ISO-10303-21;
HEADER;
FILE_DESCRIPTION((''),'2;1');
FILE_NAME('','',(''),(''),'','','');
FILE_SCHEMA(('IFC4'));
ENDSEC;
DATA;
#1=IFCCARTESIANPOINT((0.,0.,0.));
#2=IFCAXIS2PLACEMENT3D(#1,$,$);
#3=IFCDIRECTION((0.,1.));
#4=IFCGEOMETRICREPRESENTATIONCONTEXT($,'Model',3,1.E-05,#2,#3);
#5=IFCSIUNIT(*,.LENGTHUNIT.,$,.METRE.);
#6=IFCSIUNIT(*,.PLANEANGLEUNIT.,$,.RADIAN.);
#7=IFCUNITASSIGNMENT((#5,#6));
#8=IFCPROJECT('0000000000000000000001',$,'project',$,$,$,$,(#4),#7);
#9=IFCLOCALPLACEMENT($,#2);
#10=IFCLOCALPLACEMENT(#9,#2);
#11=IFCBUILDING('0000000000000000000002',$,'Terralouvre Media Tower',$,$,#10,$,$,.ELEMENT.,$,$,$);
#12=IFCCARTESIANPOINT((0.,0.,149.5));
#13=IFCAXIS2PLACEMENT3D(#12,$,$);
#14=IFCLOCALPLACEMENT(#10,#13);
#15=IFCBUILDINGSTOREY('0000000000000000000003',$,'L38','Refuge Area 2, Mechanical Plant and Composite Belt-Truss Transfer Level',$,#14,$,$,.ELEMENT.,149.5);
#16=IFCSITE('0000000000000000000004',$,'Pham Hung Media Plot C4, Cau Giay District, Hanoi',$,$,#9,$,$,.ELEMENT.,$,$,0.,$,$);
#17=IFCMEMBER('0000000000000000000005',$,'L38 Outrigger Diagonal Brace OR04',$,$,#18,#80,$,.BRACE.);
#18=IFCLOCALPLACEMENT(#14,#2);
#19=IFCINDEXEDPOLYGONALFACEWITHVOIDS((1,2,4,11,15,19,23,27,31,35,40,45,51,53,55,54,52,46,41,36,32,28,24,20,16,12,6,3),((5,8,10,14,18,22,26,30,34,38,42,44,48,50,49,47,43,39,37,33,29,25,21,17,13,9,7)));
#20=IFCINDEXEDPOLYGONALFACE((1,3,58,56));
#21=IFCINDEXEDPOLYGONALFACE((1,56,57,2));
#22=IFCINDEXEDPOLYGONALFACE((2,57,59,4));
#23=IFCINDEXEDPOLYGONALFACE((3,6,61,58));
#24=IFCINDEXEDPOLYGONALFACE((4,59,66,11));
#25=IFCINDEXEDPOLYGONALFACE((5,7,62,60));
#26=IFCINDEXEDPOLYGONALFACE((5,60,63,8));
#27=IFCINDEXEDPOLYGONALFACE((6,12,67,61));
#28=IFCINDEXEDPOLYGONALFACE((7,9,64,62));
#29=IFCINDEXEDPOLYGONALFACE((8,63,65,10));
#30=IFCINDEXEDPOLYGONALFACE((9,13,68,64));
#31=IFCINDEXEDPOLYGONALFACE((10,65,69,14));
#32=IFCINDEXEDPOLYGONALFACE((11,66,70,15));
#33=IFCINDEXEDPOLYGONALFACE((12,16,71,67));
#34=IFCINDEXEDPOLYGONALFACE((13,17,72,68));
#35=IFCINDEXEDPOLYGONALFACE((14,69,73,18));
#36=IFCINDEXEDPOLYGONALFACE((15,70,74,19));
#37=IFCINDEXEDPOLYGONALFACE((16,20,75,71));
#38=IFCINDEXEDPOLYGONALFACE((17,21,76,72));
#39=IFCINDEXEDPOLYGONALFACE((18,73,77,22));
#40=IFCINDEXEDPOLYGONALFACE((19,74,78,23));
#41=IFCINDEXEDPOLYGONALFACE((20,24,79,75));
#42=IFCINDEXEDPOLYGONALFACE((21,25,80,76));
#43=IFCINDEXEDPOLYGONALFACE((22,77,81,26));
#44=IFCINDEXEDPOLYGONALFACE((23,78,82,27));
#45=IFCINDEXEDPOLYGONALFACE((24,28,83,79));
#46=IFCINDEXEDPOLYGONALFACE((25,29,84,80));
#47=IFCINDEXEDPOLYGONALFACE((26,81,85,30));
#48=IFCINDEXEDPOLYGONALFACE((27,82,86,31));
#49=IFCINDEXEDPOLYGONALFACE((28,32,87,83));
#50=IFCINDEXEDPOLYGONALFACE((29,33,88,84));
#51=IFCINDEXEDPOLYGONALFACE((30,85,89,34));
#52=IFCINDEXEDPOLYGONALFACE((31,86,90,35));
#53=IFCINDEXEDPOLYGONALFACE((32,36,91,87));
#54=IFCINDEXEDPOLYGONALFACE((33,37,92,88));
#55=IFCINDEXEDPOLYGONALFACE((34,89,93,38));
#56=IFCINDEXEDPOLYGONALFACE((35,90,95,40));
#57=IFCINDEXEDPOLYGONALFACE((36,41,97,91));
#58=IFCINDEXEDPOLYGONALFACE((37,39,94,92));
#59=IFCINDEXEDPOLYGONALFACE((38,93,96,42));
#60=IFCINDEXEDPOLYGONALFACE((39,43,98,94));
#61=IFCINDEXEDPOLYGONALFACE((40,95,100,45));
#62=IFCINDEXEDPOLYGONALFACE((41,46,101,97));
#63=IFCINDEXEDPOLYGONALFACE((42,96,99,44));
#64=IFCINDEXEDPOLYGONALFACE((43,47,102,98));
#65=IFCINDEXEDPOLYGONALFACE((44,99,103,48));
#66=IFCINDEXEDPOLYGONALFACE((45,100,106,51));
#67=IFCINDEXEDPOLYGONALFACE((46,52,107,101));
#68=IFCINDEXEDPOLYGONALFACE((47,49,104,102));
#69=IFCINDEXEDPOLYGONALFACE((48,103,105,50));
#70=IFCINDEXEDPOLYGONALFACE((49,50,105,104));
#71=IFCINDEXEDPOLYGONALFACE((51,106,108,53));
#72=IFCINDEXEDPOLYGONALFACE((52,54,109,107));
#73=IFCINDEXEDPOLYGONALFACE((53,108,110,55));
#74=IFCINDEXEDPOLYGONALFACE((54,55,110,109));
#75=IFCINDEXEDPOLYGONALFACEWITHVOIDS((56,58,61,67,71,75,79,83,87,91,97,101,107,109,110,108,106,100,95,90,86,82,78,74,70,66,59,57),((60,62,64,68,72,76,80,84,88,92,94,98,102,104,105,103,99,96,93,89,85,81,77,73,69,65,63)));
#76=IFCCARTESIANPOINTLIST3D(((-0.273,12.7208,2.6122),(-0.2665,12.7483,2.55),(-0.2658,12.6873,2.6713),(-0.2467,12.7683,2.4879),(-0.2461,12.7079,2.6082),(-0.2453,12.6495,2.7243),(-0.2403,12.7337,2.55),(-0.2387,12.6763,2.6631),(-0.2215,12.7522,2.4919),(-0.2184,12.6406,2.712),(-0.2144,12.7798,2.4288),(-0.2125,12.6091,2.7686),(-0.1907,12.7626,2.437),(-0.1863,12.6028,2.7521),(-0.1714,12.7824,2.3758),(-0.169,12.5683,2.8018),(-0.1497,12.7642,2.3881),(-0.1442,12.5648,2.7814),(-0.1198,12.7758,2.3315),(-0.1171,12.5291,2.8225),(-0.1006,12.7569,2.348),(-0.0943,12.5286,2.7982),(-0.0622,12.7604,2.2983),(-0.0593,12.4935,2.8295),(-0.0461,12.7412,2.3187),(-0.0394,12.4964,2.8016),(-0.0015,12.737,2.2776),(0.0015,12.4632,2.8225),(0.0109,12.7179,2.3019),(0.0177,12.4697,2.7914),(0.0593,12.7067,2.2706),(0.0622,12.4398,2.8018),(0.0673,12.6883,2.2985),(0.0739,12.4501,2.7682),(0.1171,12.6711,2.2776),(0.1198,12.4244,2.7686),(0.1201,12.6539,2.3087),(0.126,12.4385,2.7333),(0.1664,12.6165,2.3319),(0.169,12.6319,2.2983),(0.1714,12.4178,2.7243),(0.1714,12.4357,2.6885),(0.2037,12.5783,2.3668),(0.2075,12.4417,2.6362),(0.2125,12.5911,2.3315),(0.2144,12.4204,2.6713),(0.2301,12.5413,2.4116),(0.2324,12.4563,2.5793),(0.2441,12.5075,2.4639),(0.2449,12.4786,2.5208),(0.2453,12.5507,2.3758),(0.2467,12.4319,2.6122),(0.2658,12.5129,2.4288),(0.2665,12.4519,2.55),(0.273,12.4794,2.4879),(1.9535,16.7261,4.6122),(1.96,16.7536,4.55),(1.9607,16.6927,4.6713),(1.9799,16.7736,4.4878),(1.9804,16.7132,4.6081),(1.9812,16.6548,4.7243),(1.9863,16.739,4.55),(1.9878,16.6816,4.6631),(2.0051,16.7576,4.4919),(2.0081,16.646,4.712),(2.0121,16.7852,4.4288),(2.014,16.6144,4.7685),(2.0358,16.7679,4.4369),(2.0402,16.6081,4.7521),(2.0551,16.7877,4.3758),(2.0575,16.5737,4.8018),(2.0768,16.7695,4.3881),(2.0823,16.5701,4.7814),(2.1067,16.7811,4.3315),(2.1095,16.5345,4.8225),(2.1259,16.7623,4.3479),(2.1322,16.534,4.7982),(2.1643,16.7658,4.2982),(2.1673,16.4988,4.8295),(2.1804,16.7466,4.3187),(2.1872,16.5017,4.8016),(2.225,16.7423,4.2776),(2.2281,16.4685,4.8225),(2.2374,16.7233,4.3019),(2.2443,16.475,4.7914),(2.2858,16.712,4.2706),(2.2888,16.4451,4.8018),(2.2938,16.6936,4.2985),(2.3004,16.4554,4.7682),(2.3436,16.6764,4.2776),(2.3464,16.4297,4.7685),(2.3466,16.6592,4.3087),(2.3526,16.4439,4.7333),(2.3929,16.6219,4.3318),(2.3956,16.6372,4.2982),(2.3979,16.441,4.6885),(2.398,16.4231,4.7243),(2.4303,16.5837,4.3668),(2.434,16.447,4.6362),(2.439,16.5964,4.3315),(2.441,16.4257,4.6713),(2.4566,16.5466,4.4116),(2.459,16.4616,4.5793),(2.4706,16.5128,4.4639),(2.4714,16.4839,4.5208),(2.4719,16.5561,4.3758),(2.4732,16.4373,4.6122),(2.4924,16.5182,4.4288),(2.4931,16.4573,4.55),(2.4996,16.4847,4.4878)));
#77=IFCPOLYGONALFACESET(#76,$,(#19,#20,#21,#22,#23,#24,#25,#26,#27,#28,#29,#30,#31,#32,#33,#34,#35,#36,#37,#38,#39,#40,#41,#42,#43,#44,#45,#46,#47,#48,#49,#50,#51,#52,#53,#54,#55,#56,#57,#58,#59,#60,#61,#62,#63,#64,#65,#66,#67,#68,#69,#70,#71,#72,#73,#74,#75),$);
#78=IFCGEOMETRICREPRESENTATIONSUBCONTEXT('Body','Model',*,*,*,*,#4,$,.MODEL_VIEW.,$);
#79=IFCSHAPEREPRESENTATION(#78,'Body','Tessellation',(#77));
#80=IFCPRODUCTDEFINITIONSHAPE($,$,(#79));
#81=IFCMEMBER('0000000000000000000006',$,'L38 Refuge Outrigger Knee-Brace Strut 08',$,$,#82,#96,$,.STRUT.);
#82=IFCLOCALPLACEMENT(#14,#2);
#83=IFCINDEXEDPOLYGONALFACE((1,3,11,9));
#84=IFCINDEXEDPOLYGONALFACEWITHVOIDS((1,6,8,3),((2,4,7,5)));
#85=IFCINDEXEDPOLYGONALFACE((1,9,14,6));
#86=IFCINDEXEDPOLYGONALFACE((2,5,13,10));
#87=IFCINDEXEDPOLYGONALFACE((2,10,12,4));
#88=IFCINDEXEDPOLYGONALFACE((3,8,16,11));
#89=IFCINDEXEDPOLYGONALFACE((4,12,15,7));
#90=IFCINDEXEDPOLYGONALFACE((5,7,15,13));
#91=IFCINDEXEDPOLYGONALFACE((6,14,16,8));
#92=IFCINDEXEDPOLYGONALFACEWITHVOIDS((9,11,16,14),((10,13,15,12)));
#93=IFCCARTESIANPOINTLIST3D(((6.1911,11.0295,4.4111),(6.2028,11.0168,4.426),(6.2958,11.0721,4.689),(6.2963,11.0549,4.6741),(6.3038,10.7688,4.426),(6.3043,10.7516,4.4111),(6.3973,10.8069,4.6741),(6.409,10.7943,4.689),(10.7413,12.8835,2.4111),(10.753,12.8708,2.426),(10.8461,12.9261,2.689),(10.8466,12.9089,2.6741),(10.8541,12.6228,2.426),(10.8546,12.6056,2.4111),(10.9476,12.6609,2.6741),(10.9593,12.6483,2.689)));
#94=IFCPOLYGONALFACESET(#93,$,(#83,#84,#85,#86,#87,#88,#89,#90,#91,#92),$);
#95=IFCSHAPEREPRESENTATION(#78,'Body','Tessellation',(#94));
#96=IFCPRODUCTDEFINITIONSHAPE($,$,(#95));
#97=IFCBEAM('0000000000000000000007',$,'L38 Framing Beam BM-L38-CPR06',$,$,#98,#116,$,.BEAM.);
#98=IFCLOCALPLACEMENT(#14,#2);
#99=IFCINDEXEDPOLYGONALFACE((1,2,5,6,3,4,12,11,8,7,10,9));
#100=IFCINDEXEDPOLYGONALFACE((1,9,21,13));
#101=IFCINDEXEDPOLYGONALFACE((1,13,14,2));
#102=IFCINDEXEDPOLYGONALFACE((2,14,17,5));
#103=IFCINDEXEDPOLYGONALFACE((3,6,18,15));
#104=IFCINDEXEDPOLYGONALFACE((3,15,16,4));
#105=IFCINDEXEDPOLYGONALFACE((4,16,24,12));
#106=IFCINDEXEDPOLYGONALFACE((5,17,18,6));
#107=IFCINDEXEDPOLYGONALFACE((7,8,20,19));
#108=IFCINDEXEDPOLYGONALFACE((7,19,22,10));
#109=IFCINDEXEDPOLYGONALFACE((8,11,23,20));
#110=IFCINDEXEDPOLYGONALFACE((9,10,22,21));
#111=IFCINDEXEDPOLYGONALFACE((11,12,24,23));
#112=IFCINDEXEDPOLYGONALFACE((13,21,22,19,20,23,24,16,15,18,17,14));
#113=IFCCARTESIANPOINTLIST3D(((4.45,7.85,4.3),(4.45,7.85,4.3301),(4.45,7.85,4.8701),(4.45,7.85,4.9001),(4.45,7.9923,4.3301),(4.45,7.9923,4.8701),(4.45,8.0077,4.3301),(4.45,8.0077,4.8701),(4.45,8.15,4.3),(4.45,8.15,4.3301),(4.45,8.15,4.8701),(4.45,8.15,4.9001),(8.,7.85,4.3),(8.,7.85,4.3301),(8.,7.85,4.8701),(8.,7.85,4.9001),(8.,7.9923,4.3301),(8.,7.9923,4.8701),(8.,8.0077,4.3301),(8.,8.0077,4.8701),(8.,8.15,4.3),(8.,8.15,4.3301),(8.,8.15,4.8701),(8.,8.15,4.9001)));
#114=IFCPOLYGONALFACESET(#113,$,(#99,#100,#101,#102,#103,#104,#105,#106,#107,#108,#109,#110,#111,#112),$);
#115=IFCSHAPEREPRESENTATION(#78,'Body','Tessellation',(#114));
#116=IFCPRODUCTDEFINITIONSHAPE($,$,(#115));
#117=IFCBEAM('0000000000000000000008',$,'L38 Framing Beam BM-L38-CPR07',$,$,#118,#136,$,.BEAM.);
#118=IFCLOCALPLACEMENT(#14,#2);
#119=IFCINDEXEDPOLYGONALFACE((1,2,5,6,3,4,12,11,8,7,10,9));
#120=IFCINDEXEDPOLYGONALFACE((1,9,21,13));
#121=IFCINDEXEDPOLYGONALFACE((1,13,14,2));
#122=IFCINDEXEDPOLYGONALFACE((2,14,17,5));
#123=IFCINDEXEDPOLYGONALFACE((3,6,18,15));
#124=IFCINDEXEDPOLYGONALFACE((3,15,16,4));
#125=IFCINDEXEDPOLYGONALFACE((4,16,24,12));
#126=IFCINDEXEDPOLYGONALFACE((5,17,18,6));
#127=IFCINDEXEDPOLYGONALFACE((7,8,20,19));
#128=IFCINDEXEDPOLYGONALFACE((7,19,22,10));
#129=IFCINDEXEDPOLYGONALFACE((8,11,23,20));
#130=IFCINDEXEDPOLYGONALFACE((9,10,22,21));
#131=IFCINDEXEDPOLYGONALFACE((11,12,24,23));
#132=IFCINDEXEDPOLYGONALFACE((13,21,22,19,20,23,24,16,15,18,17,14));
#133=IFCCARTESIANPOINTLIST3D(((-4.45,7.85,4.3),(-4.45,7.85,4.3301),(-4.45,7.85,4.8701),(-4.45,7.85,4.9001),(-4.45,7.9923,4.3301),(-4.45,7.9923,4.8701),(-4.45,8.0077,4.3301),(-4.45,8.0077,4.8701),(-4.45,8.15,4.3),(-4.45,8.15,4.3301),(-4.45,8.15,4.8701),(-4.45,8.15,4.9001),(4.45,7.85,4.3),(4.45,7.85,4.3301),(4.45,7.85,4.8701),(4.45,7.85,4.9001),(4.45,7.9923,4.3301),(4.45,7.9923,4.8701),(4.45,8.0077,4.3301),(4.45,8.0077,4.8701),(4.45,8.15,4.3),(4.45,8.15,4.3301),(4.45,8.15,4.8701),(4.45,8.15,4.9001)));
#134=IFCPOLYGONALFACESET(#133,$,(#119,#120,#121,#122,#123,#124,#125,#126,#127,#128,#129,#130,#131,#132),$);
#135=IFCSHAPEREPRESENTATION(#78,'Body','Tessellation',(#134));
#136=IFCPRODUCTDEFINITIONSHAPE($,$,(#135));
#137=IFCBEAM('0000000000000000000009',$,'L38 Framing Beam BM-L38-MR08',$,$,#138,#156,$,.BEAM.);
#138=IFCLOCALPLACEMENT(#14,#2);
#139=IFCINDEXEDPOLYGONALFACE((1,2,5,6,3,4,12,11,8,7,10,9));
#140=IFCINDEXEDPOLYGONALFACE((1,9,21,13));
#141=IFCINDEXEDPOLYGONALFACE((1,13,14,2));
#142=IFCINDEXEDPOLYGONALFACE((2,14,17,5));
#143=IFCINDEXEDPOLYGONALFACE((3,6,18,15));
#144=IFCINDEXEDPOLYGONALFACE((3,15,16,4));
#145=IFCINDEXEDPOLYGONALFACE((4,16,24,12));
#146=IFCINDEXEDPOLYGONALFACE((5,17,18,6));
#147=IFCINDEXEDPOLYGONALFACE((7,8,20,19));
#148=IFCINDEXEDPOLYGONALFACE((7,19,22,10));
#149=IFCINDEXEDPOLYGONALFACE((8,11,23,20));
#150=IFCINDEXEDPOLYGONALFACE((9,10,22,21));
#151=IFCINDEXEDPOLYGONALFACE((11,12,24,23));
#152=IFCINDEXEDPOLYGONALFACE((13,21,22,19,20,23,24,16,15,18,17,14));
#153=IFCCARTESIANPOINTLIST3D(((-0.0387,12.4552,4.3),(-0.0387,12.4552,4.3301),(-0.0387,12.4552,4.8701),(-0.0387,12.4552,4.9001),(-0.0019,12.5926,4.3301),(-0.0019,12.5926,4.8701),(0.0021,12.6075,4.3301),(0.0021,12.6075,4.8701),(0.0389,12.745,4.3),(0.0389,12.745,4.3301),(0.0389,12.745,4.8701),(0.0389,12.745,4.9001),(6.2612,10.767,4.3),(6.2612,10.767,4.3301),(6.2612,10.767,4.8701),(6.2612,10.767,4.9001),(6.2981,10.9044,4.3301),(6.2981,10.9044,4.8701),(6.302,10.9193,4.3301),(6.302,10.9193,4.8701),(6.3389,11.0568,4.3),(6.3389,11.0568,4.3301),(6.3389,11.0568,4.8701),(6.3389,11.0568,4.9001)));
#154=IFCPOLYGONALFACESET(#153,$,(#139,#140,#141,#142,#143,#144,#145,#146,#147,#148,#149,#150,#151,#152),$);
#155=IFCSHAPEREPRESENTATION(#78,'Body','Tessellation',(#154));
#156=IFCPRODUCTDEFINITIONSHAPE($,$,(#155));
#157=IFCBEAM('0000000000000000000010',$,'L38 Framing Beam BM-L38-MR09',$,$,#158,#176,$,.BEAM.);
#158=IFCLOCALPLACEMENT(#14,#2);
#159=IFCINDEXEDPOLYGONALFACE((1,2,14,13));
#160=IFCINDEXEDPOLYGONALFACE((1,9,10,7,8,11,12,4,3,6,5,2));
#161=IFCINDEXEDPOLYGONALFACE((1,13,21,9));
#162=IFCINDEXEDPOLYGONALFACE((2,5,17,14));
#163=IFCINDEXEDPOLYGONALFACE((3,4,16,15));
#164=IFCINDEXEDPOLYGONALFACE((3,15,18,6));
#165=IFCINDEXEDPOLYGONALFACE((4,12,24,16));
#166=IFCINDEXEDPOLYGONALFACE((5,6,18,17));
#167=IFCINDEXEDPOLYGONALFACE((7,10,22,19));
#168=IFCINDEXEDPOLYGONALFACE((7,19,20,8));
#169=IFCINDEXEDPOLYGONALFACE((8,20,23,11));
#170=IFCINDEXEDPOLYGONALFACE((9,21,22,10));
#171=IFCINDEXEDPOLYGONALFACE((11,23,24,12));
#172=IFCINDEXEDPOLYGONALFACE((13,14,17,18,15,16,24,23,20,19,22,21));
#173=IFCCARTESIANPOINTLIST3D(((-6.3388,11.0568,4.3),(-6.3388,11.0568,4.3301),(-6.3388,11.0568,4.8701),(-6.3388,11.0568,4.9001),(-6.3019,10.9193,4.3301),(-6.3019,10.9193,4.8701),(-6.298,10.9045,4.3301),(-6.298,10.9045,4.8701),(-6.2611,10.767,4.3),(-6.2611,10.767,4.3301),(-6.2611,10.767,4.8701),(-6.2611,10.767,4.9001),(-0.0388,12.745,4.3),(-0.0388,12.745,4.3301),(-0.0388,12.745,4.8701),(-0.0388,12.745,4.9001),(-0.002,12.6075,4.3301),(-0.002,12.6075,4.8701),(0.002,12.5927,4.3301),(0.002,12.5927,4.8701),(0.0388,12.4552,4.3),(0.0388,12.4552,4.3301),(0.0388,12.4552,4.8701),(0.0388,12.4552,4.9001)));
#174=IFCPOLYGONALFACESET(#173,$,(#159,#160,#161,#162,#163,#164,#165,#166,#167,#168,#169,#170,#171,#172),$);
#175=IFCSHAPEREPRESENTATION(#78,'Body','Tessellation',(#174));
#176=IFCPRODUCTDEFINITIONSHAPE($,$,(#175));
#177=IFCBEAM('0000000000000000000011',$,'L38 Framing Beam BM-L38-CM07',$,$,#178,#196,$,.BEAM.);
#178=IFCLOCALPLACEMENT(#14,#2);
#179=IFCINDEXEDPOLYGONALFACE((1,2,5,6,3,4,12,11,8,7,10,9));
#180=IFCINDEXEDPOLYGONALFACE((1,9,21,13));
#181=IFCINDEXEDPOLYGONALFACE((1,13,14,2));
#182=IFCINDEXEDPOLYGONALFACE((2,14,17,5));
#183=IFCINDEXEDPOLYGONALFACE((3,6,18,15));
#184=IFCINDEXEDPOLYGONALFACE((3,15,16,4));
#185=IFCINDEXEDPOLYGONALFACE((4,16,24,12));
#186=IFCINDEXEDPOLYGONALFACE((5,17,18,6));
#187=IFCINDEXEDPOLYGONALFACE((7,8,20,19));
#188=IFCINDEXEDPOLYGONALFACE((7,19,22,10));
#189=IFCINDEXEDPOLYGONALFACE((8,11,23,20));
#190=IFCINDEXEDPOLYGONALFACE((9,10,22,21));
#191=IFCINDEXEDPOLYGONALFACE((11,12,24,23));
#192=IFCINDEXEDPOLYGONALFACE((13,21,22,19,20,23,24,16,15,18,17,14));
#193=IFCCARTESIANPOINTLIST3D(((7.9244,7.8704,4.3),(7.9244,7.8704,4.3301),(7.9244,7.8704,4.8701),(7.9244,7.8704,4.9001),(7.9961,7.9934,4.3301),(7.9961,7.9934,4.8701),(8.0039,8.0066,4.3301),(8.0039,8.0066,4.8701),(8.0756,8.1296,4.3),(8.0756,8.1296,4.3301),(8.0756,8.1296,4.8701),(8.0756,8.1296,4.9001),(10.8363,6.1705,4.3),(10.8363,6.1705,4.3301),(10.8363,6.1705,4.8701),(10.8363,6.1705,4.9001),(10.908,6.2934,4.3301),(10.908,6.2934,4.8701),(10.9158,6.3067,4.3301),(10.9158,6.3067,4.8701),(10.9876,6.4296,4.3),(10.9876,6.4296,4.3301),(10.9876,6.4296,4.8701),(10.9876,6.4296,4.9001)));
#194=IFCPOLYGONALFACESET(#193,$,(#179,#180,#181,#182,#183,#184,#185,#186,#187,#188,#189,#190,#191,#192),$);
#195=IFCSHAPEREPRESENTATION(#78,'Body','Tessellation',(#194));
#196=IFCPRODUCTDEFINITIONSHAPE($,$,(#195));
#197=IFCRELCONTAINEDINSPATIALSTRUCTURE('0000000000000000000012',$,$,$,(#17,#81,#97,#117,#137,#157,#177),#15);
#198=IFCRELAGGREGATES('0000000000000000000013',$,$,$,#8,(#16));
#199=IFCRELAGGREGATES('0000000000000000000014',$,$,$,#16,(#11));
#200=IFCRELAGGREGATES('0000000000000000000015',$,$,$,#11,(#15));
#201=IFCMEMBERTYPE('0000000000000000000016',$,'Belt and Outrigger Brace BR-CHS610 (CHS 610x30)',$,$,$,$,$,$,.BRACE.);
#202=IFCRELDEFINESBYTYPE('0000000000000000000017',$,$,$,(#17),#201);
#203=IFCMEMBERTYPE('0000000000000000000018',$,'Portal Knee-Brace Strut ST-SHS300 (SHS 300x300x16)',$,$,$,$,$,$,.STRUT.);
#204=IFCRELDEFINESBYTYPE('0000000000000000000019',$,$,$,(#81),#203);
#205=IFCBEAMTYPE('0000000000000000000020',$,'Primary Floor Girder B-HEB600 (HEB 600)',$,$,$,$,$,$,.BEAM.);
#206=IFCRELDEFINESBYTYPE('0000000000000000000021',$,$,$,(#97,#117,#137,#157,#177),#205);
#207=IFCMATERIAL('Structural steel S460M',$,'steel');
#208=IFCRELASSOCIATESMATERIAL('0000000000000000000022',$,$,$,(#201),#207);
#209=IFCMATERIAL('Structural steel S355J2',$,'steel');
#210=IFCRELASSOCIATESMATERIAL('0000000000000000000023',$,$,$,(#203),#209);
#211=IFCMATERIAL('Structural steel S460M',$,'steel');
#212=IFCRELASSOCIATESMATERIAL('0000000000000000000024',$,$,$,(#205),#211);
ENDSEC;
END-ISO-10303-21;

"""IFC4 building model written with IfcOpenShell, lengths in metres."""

from ifc_helpers import new_model, si_unit, direction, frame, origin, origin_2d, place, context, subcontext, project, spatial, hollow_rectangle, hollow_circle, i_section, extrude, material, material_profile, profile_set, type_object, element, save


model = new_model("IFC4")

# Units and contexts
model_context = context("Model", 3, precision=1e-05, world=origin(), true_north=direction((0.0, 1.0)))
body_context = subcontext(model_context, "Body", "Model", "MODEL_VIEW")
ifc_project = project(units=[si_unit("LENGTHUNIT", "METRE"), si_unit("PLANEANGLEUNIT", "RADIAN")], contexts=[model_context])

# Site, building, storey
site_placement = place(None, origin())
site = spatial("IfcSite", under=ifc_project, at=site_placement, Name="Pham Hung Media Plot C4, Cau Giay District, Hanoi", CompositionType="ELEMENT", RefElevation=0.0)
building_placement = place(site_placement, origin())
building = spatial("IfcBuilding", under=site, at=building_placement, Name="Terralouvre Media Tower", CompositionType="ELEMENT")
storey_placement = place(building_placement, frame((0.0, 0.0, 149.5)))
storey = spatial("IfcBuildingStorey", under=building, at=storey_placement, Name="L38", Description="Refuge Area 2, Mechanical Plant and Composite Belt-Truss Transfer Level", CompositionType="ELEMENT", Elevation=149.5)

# Members
ifc_material_1 = material(Name="Structural steel S460M", Category="steel")
ifc_material_profile_1 = material_profile(ifc_material_1, hollow_circle(Radius=0.3049, WallThickness=0.03, at=origin_2d()), Name="CHS 610x30")
ifc_profile_set_1 = profile_set([ifc_material_profile_1], Name="Structural steel S460M")
member_type_1 = type_object("IfcMemberType", Name="Belt and Outrigger Brace BR-CHS610 (CHS 610x30)", PredefinedType="BRACE", material=ifc_profile_set_1)
member_1_placement = place(storey_placement, frame((0.0, 12.6001, 2.55), z_axis=(0.445307, 0.801065, 0.399995), x_axis=(-0.874032, 0.485869, 0.0)))
element("IfcMember", 1, at=member_1_placement, inside=storey, type_object=member_type_1, Name="L38 Outrigger Diagonal Brace OR04", PredefinedType="BRACE", context=body_context, shape_type="SweptSolid", body=[
    extrude(hollow_circle(Radius=0.3049, WallThickness=0.03, at=origin_2d()), origin(), (0.0, 0.0, 1.0), 5.0),
])
ifc_material_2 = material(Name="Structural steel S355J2", Category="steel")
ifc_material_profile_2 = material_profile(ifc_material_2, hollow_rectangle(XDim=0.3, YDim=0.3, WallThickness=0.0161, at=origin_2d()), Name="SHS 300x300x16")
ifc_profile_set_2 = profile_set([ifc_material_profile_2], Name="Structural steel S355J2")
member_type_2 = type_object("IfcMemberType", Name="Portal Knee-Brace Strut ST-SHS300 (SHS 300x300x16)", PredefinedType="STRUT", material=ifc_profile_set_2)
member_2_placement = place(storey_placement, frame((6.3, 10.9119, 4.55), z_axis=(0.857745, 0.349486, -0.377006), x_axis=(-0.377328, 0.926079, 0.0)))
element("IfcMember", 2, at=member_2_placement, inside=storey, type_object=member_type_2, Name="L38 Refuge Outrigger Knee-Brace Strut 08", PredefinedType="STRUT", context=body_context, shape_type="SweptSolid", body=[
    extrude(hollow_rectangle(XDim=0.3, YDim=0.3, WallThickness=0.0161, at=origin_2d()), origin(), (0.0, 0.0, 1.0), 5.3049),
])

# Beams
ifc_material_3 = material(Name="Structural steel S460M", Category="steel")
ifc_material_profile_3 = material_profile(ifc_material_3, i_section(OverallWidth=0.3, OverallDepth=0.6001, WebThickness=0.0154, FlangeThickness=0.03, at=origin_2d()), Name="HEB 600")
ifc_profile_set_3 = profile_set([ifc_material_profile_3], Name="Structural steel S460M")
beam_type_1 = type_object("IfcBeamType", Name="Primary Floor Girder B-HEB600 (HEB 600)", PredefinedType="BEAM", material=ifc_profile_set_3)
beam_1_placement = place(storey_placement, frame((8.0, 8.0, 4.6001), z_axis=(-1.0, 0.0, 0.0), x_axis=(0.0, -1.0, 0.0)))
element("IfcBeam", 3, at=beam_1_placement, inside=storey, type_object=beam_type_1, Name="L38 Framing Beam BM-L38-CPR06", PredefinedType="BEAM", context=body_context, shape_type="SweptSolid", body=[
    extrude(i_section(OverallWidth=0.3, OverallDepth=0.6001, WebThickness=0.0154, FlangeThickness=0.03, at=origin_2d()), origin(), (0.0, 0.0, 1.0), 3.55),
])
beam_2_placement = place(storey_placement, frame((4.45, 8.0, 4.6001), z_axis=(-1.0, 0.0, 0.0), x_axis=(0.0, -1.0, 0.0)))
element("IfcBeam", 4, at=beam_2_placement, inside=storey, type_object=beam_type_1, Name="L38 Framing Beam BM-L38-CPR07", PredefinedType="BEAM", context=body_context, shape_type="SweptSolid", body=[
    extrude(i_section(OverallWidth=0.3, OverallDepth=0.6001, WebThickness=0.0154, FlangeThickness=0.03, at=origin_2d()), origin(), (0.0, 0.0, 1.0), 8.8999),
])
for number, where, z_axis, x_axis, name in (
    (5, (6.3, 10.9119, 4.6001), (-0.96592, 0.258839, 0.0), (-0.258839, -0.96592, 0.0), "L38 Framing Beam BM-L38-MR08"),
    (6, (0.0, 12.6001, 4.6001), (-0.96592, -0.258839, 0.0), (0.258839, -0.96592, 0.0), "L38 Framing Beam BM-L38-MR09"),
):
    element("IfcBeam", number, at=place(storey_placement, frame(where, z_axis=z_axis, x_axis=x_axis)), inside=storey, type_object=beam_type_1, Name=name, PredefinedType="BEAM", context=body_context, shape_type="SweptSolid", body=[
        extrude(i_section(OverallWidth=0.3, OverallDepth=0.6001, WebThickness=0.0154, FlangeThickness=0.03, at=origin_2d()), origin(), (0.0, 0.0, 1.0), 6.5222),
    ])
for number, where, z_axis, x_axis, name in (
    (7, (8.0, 8.0, 4.6001), (0.863603, -0.504173, 0.0), (0.504173, 0.863603, 0.0), "L38 Framing Beam BM-L38-CM07"),
):
    element("IfcBeam", number, at=place(storey_placement, frame(where, z_axis=z_axis, x_axis=x_axis)), inside=storey, type_object=beam_type_1, Name=name, PredefinedType="BEAM", context=body_context, shape_type="SweptSolid", body=[
        extrude(i_section(OverallWidth=0.3, OverallDepth=0.6001, WebThickness=0.0154, FlangeThickness=0.03, at=origin_2d()), origin(), (0.0, 0.0, 1.0), 3.3718),
    ])

save(model, "model.ifc")
